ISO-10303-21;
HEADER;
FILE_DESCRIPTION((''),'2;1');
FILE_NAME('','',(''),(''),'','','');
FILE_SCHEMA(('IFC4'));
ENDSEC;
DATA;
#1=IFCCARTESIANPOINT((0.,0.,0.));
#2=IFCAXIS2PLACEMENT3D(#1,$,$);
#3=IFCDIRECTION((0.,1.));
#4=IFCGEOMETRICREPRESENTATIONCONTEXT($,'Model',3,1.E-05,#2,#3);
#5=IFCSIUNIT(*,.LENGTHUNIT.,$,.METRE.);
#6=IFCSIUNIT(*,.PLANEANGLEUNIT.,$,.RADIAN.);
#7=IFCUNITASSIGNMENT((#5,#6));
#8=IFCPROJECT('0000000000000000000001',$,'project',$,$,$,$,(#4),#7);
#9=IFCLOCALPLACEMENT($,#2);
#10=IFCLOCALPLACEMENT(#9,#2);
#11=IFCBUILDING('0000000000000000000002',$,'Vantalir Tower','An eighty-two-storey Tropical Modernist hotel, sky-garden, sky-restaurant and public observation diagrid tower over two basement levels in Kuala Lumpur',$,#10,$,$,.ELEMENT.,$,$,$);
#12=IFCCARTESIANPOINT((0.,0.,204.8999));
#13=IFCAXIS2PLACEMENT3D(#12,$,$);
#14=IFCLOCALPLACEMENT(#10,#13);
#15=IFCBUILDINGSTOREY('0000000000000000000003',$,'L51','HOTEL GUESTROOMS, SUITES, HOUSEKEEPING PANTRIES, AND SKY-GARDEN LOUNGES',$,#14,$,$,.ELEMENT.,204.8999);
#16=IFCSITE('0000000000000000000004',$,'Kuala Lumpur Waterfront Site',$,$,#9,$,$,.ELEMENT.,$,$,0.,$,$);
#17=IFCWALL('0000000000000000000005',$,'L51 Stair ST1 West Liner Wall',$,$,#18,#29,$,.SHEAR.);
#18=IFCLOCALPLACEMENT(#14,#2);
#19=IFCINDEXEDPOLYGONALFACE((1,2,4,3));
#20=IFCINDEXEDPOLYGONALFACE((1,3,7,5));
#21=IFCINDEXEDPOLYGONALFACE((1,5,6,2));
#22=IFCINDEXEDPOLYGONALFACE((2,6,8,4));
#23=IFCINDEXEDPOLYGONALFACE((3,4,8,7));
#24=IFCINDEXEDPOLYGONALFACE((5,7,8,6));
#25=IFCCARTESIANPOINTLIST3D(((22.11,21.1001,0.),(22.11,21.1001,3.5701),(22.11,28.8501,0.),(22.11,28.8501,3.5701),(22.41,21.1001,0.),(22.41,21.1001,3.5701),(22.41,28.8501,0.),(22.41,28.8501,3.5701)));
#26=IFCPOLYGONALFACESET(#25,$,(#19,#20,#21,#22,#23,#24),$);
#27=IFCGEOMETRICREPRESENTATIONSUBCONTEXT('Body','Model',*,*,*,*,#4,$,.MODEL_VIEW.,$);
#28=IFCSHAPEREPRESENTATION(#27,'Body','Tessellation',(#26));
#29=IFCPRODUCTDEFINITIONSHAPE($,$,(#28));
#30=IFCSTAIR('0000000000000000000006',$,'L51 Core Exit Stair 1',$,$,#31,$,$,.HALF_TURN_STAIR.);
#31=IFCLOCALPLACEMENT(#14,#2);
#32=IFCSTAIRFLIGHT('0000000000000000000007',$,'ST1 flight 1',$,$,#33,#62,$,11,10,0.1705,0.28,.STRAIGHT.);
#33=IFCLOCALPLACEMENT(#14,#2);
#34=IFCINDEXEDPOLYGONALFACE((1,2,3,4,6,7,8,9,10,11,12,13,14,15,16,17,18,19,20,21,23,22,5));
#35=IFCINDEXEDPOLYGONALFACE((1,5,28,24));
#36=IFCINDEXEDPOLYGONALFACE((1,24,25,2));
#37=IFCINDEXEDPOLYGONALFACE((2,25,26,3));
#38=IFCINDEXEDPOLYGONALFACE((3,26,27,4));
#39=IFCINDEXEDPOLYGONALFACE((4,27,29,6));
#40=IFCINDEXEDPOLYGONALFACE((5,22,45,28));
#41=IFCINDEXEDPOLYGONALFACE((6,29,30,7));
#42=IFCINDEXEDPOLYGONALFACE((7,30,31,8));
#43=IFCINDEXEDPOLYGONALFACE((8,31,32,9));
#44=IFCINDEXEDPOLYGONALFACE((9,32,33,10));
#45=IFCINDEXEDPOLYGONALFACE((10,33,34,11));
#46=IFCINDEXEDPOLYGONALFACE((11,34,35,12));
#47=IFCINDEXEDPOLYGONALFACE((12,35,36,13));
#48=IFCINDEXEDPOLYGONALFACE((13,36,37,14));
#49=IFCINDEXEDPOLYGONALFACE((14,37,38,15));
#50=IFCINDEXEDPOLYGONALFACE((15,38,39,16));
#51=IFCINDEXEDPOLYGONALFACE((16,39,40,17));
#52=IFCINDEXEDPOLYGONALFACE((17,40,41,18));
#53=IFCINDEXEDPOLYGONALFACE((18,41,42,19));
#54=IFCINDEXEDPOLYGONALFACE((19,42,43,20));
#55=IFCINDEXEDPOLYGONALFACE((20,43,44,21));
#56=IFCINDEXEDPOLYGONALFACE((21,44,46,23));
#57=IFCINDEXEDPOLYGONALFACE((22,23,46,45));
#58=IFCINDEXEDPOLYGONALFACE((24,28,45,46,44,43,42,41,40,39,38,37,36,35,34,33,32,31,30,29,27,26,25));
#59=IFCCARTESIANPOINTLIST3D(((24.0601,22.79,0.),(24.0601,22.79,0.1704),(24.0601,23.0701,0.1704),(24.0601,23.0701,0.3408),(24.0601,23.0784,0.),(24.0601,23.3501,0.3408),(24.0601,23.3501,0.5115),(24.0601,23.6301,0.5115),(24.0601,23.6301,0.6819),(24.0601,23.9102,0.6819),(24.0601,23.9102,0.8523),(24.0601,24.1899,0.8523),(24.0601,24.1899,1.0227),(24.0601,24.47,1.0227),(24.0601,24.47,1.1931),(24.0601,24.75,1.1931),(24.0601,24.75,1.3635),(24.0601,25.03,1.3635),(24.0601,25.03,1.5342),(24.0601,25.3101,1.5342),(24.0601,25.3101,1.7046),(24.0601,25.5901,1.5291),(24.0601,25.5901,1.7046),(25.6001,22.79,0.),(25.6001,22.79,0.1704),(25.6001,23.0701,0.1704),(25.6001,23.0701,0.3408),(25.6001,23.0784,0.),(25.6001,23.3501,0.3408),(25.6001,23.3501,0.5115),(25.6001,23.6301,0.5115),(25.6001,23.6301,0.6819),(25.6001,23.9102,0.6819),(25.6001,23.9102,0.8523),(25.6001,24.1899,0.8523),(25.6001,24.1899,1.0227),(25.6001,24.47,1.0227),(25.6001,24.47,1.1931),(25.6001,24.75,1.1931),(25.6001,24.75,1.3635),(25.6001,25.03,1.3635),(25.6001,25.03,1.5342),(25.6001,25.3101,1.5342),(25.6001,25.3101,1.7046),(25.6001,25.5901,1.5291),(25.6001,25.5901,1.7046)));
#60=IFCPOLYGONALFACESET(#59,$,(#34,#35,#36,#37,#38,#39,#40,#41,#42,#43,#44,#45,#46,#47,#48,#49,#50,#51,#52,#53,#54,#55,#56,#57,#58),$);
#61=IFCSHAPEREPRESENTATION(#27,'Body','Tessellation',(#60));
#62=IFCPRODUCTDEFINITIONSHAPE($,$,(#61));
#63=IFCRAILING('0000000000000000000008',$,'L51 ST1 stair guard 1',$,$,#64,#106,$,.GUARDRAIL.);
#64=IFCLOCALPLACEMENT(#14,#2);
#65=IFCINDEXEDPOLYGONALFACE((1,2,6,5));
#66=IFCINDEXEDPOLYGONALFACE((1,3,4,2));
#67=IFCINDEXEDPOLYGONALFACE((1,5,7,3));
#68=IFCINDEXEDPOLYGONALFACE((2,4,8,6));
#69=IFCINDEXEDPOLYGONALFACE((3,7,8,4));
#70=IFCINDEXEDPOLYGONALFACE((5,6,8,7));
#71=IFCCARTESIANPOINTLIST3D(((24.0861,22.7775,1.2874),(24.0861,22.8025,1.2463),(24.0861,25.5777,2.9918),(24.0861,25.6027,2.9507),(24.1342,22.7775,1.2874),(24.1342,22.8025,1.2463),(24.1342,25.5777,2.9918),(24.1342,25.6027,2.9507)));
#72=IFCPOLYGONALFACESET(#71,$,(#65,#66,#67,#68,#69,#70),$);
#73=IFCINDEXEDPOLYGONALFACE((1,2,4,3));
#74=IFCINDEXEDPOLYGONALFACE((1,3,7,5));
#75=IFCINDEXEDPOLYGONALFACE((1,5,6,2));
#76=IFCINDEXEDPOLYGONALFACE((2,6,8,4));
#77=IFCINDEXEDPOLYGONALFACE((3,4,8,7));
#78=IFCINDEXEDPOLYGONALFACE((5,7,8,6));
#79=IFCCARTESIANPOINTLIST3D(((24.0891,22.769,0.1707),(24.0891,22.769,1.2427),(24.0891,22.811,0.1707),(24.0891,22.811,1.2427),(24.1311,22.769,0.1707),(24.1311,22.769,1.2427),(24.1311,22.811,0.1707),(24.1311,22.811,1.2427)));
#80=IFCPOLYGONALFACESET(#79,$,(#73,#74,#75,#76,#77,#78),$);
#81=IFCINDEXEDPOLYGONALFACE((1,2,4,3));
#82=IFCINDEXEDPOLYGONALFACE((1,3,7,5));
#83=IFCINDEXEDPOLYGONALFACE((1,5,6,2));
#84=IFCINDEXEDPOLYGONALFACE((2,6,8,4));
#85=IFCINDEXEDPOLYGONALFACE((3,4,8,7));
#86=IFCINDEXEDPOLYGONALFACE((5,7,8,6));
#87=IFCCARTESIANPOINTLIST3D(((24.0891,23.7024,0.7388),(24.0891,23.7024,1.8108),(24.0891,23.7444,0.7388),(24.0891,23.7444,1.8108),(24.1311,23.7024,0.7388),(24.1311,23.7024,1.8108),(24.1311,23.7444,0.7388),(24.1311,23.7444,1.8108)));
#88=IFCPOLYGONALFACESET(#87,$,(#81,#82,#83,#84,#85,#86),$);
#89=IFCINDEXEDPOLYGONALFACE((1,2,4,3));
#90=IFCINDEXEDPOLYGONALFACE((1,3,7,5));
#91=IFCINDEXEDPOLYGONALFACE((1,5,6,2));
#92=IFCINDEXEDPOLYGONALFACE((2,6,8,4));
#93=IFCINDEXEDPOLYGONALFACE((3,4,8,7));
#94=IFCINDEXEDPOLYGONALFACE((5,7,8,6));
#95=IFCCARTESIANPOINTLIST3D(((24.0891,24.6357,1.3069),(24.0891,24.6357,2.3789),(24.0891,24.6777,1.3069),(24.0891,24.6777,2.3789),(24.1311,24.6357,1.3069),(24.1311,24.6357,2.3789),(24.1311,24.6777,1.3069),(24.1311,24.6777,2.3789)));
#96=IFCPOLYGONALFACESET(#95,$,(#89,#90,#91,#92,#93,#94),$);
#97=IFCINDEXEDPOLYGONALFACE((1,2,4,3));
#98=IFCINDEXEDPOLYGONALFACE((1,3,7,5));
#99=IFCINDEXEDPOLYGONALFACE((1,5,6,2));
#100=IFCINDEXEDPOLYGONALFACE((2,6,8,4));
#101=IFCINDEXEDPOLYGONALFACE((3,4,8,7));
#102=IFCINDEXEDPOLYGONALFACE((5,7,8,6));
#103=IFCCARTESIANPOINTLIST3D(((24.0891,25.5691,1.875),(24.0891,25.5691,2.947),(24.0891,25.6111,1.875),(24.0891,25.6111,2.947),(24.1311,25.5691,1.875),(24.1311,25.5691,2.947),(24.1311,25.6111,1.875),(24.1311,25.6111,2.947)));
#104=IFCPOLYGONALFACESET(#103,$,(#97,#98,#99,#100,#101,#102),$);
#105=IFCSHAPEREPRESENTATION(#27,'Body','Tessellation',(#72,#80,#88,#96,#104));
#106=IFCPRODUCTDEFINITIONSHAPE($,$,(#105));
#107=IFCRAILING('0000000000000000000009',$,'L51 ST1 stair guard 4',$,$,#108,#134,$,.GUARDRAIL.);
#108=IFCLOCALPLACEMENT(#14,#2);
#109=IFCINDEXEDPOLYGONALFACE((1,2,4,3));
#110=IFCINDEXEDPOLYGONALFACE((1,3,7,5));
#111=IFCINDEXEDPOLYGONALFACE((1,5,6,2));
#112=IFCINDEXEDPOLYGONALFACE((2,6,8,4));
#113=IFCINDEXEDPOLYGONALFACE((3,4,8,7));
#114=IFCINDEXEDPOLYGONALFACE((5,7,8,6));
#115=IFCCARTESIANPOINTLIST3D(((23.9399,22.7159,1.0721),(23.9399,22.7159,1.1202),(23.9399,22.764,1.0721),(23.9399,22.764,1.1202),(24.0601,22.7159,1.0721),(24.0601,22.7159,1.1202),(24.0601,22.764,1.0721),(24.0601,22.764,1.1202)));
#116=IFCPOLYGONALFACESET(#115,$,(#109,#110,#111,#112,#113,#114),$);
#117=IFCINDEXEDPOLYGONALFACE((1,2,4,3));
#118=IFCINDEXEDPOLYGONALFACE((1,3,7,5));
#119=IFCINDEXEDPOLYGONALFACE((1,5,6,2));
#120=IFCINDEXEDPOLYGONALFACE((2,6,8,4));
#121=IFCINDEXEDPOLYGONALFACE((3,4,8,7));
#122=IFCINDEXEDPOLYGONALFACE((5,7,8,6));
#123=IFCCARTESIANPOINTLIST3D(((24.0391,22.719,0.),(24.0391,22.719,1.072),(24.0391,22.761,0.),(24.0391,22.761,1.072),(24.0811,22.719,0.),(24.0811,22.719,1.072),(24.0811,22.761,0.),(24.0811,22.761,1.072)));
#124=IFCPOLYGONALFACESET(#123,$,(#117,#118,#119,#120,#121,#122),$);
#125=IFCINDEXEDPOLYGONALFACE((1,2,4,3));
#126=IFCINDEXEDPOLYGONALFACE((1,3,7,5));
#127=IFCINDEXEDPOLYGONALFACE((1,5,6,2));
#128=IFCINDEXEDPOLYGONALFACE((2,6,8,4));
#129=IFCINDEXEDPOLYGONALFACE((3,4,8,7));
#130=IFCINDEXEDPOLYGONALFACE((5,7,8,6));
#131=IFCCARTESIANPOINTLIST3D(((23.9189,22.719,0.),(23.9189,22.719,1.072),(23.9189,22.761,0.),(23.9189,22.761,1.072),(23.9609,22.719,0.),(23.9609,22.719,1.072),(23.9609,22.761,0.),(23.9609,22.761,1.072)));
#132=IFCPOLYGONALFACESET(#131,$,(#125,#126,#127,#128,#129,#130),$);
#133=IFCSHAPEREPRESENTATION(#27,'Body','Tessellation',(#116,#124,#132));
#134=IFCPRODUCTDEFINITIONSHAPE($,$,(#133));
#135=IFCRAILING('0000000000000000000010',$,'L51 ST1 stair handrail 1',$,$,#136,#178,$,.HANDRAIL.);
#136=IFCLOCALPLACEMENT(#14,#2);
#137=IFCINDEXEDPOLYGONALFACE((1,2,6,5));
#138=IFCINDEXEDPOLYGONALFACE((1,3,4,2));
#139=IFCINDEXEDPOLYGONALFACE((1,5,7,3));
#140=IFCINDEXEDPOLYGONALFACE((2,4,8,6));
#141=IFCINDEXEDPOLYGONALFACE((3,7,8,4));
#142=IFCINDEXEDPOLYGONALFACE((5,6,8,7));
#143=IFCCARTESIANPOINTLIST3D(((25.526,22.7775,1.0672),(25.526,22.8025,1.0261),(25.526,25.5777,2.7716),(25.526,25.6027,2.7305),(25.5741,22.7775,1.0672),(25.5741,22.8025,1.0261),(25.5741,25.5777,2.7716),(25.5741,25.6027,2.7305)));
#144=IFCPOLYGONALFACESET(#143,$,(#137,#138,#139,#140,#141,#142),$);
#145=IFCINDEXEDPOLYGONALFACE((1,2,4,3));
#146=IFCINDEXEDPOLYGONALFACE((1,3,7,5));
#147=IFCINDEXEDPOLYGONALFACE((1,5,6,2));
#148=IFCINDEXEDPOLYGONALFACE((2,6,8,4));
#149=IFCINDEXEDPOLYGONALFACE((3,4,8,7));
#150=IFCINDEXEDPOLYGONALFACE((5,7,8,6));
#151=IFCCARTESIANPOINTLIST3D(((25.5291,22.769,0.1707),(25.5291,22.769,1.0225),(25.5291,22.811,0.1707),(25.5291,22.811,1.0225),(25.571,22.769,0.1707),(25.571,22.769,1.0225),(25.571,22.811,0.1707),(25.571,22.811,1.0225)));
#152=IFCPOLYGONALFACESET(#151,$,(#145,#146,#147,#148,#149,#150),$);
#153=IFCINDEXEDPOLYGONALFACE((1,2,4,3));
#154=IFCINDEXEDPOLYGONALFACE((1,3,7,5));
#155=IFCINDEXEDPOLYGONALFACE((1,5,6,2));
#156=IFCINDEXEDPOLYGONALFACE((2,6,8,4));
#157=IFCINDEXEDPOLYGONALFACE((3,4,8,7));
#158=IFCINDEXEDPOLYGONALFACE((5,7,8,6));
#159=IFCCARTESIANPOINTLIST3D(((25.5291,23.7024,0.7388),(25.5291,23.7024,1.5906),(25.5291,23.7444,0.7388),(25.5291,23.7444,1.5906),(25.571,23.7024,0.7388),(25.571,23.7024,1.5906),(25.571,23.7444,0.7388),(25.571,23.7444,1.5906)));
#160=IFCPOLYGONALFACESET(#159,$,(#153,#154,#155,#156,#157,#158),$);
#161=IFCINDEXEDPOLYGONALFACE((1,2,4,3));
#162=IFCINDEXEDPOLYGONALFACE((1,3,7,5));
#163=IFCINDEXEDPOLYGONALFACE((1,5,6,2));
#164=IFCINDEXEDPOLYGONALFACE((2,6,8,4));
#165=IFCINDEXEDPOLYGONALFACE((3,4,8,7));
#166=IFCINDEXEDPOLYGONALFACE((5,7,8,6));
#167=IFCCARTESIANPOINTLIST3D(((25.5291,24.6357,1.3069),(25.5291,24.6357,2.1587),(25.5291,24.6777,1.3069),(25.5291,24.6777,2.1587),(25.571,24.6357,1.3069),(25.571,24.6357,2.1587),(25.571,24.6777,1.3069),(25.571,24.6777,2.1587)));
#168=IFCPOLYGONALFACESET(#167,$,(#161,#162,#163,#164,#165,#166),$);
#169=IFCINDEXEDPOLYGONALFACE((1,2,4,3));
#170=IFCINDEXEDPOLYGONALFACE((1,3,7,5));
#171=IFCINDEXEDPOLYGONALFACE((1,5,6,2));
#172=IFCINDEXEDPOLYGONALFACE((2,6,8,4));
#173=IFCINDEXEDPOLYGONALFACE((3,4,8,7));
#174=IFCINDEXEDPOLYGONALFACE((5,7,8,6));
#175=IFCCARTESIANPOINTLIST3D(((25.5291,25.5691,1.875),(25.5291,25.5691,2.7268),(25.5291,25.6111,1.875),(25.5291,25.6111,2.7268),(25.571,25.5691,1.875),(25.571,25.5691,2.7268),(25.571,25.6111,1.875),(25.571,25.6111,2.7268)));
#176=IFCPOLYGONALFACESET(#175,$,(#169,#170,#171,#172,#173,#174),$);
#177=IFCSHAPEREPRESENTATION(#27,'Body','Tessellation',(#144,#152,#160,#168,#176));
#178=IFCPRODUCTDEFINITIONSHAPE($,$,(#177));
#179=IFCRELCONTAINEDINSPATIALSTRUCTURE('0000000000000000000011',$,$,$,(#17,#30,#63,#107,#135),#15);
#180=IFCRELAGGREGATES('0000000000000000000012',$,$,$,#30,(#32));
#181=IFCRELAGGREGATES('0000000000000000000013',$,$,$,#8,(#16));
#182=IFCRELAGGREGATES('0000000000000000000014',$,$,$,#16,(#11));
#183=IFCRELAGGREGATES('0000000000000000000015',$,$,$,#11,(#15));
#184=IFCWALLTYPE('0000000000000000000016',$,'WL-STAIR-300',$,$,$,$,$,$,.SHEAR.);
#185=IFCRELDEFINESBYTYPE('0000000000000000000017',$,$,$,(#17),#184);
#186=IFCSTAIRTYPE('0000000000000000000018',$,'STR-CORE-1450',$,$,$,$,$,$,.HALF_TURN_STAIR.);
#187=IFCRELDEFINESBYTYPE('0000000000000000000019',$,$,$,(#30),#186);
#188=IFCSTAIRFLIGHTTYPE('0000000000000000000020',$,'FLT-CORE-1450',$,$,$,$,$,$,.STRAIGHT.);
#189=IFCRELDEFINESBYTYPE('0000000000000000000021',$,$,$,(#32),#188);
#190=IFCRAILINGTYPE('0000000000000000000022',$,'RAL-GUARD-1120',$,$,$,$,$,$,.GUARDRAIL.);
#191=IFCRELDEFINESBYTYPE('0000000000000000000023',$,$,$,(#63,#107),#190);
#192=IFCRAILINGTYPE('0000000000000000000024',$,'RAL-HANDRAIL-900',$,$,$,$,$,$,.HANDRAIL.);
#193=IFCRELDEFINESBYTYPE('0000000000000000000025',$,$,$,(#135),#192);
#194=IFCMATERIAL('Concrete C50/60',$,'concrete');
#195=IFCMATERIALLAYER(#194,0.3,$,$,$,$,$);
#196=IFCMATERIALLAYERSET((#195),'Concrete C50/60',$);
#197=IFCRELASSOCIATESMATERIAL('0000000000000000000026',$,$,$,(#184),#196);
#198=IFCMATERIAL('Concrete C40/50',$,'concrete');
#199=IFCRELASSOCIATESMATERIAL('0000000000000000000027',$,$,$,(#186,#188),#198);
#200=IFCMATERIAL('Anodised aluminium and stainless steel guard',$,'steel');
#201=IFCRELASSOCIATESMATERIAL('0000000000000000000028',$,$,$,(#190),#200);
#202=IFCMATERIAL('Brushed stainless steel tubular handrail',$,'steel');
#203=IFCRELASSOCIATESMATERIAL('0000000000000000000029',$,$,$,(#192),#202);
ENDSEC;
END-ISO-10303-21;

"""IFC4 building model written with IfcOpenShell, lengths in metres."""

from ifc_helpers import new_model, si_unit, direction, frame, frame_2d, origin, origin_2d, place, context, subcontext, project, spatial, polyline, rectangle, outline, extrude, material, layer, layer_set, type_object, element, aggregate, save


model = new_model("IFC4")

# Units and contexts
model_context = context("Model", 3, precision=1e-05, world=origin(), true_north=direction((0.0, 1.0)))
body_context = subcontext(model_context, "Body", "Model", "MODEL_VIEW")
ifc_project = project(units=[si_unit("LENGTHUNIT", "METRE"), si_unit("PLANEANGLEUNIT", "RADIAN")], contexts=[model_context])

# Site, building, storey
site_placement = place(None, origin())
site = spatial("IfcSite", under=ifc_project, at=site_placement, Name="Kuala Lumpur Waterfront Site", CompositionType="ELEMENT", RefElevation=0.0)
building_placement = place(site_placement, origin())
building = spatial("IfcBuilding", under=site, at=building_placement, Name="Vantalir Tower", Description="An eighty-two-storey Tropical Modernist hotel, sky-garden, sky-restaurant and public observation diagrid tower over two basement levels in Kuala Lumpur", CompositionType="ELEMENT")
storey_placement = place(building_placement, frame((0.0, 0.0, 204.8999)))
storey = spatial("IfcBuildingStorey", under=building, at=storey_placement, Name="L51", Description="HOTEL GUESTROOMS, SUITES, HOUSEKEEPING PANTRIES, AND SKY-GARDEN LOUNGES", CompositionType="ELEMENT", Elevation=204.8999)

# Shared definitions
ifc_material_1 = material(Name="Concrete C50/60", Category="concrete")

# Shared definitions
ifc_layer_1 = layer(ifc_material_1, 0.3)
ifc_layer_set_1 = layer_set([ifc_layer_1], Name="Concrete C50/60")
wall_type_1 = type_object("IfcWallType", Name="WL-STAIR-300", PredefinedType="SHEAR", material=ifc_layer_set_1)

# Wall
wall_1_placement = place(storey_placement, frame((22.26, 21.1001, 0.0), z_axis=(0.0, 0.0, 1.0), x_axis=(0.0, 1.0, 0.0)))
element("IfcWall", 1, at=wall_1_placement, inside=storey, type_object=wall_type_1, Name="L51 Stair ST1 West Liner Wall", PredefinedType="SHEAR", context=body_context, shape_type="SweptSolid", body=[
    extrude(rectangle(XDim=7.75, YDim=0.3, at=frame_2d((3.875, 0.0))), origin(), (0.0, 0.0, 1.0), 3.5701),
])

# Stair, stair flight
ifc_material_2 = material(Name="Concrete C40/50", Category="concrete")
stair_type = type_object("IfcStairType", Name="STR-CORE-1450", PredefinedType="HALF_TURN_STAIR", material=ifc_material_2)
stair_placement = place(storey_placement, origin())
stair = element("IfcStair", 2, at=stair_placement, inside=storey, type_object=stair_type, Name="L51 Core Exit Stair 1", PredefinedType="HALF_TURN_STAIR")
stair_flight_type = type_object("IfcStairFlightType", Name="FLT-CORE-1450", PredefinedType="STRAIGHT", material=ifc_material_2)
stair_flight_placement = place(storey_placement, frame((24.8301, 22.79, 0.0), z_axis=(0.0, 0.0, 1.0), x_axis=(0.0, 1.0, 0.0)))
stair_flight = element("IfcStairFlight", 3, at=stair_flight_placement, type_object=stair_flight_type, Name="ST1 flight 1", NumberOfRisers=11, NumberOfTreads=10, PredefinedType="STRAIGHT", RiserHeight=0.1705, TreadLength=0.28, context=body_context, shape_type="SweptSolid", body=[
    extrude(outline(polyline([(0.0, 0.0), (0.0, 0.1704), (0.28, 0.1704), (0.28, 0.3408), (0.5601, 0.3408), (0.5601, 0.5115), (0.8401, 0.5115), (0.8401, 0.6819), (1.1201, 0.6819), (1.1201, 0.8523), (1.3999, 0.8523), (1.3999, 1.0227), (1.6799, 1.0227), (1.6799, 1.1931), (1.96, 1.1931), (1.96, 1.3635), (2.24, 1.3635), (2.24, 1.5342), (2.52, 1.5342), (2.52, 1.7046), (2.8, 1.7046), (2.8, 1.875), (2.8, 1.5291), (0.2883, 0.0), (0.0, 0.0)])), frame((0.0, 0.77, 0.0), z_axis=(0.0, -1.0, 0.0), x_axis=(1.0, 0.0, 0.0)), (0.0, 0.0, 1.0), 1.54),
])
aggregate(stair, [stair_flight])

# Railings
ifc_material_3 = material(Name="Anodised aluminium and stainless steel guard", Category="steel")
railing_type_1 = type_object("IfcRailingType", Name="RAL-GUARD-1120", PredefinedType="GUARDRAIL", material=ifc_material_3)
railing_1_placement = place(storey_placement, frame((24.1101, 22.79, 0.1707)))
element("IfcRailing", 4, at=railing_1_placement, inside=storey, type_object=railing_type_1, Name="L51 ST1 stair guard 1", PredefinedType="GUARDRAIL", context=body_context, shape_type="SweptSolid", body=[
    extrude(rectangle(XDim=0.0481, YDim=0.0481, at=origin_2d()), frame((0.0, 0.0, 1.0962), z_axis=(0.0, 0.854203, 0.51994), x_axis=(-1.0, 0.0, 0.0)), (0.0, 0.0, 1.0), 3.2781),
    extrude(rectangle(XDim=0.042, YDim=0.042, at=origin_2d()), origin(), (0.0, 0.0, 1.0), 1.072),
    extrude(rectangle(XDim=0.042, YDim=0.042, at=origin_2d()), frame((0.0, 0.9333, 0.5681)), (0.0, 0.0, 1.0), 1.072),
    extrude(rectangle(XDim=0.042, YDim=0.042, at=origin_2d()), frame((0.0, 1.8667, 1.1362)), (0.0, 0.0, 1.0), 1.072),
    extrude(rectangle(XDim=0.042, YDim=0.042, at=origin_2d()), frame((0.0, 2.8, 1.7043)), (0.0, 0.0, 1.0), 1.072),
])
railing_2_placement = place(storey_placement, frame((24.0601, 22.74, 0.0)))
element("IfcRailing", 5, at=railing_2_placement, inside=storey, type_object=railing_type_1, Name="L51 ST1 stair guard 4", PredefinedType="GUARDRAIL", context=body_context, shape_type="SweptSolid", body=[
    extrude(rectangle(XDim=0.0481, YDim=0.0481, at=origin_2d()), frame((0.0, 0.0, 1.0962), z_axis=(-1.0, 0.0, 0.0), x_axis=(0.0, -1.0, 0.0)), (0.0, 0.0, 1.0), 0.1201),
    extrude(rectangle(XDim=0.042, YDim=0.042, at=origin_2d()), origin(), (0.0, 0.0, 1.0), 1.072),
    extrude(rectangle(XDim=0.042, YDim=0.042, at=origin_2d()), frame((-0.1201, 0.0, 0.0)), (0.0, 0.0, 1.0), 1.072),
])
ifc_material_4 = material(Name="Brushed stainless steel tubular handrail", Category="steel")
railing_type_2 = type_object("IfcRailingType", Name="RAL-HANDRAIL-900", PredefinedType="HANDRAIL", material=ifc_material_4)
railing_3_placement = place(storey_placement, frame((25.55, 22.79, 0.1707)))
element("IfcRailing", 6, at=railing_3_placement, inside=storey, type_object=railing_type_2, Name="L51 ST1 stair handrail 1", PredefinedType="HANDRAIL", context=body_context, shape_type="SweptSolid", body=[
    extrude(rectangle(XDim=0.0481, YDim=0.0481, at=origin_2d()), frame((0.0, 0.0, 0.876), z_axis=(0.0, 0.854203, 0.51994), x_axis=(-1.0, 0.0, 0.0)), (0.0, 0.0, 1.0), 3.2781),
    extrude(rectangle(XDim=0.042, YDim=0.042, at=origin_2d()), origin(), (0.0, 0.0, 1.0), 0.8518),
    extrude(rectangle(XDim=0.042, YDim=0.042, at=origin_2d()), frame((0.0, 0.9333, 0.5681)), (0.0, 0.0, 1.0), 0.8518),
    extrude(rectangle(XDim=0.042, YDim=0.042, at=origin_2d()), frame((0.0, 1.8667, 1.1362)), (0.0, 0.0, 1.0), 0.8518),
    extrude(rectangle(XDim=0.042, YDim=0.042, at=origin_2d()), frame((0.0, 2.8, 1.7043)), (0.0, 0.0, 1.0), 0.8518),
])

save(model, "model.ifc")
